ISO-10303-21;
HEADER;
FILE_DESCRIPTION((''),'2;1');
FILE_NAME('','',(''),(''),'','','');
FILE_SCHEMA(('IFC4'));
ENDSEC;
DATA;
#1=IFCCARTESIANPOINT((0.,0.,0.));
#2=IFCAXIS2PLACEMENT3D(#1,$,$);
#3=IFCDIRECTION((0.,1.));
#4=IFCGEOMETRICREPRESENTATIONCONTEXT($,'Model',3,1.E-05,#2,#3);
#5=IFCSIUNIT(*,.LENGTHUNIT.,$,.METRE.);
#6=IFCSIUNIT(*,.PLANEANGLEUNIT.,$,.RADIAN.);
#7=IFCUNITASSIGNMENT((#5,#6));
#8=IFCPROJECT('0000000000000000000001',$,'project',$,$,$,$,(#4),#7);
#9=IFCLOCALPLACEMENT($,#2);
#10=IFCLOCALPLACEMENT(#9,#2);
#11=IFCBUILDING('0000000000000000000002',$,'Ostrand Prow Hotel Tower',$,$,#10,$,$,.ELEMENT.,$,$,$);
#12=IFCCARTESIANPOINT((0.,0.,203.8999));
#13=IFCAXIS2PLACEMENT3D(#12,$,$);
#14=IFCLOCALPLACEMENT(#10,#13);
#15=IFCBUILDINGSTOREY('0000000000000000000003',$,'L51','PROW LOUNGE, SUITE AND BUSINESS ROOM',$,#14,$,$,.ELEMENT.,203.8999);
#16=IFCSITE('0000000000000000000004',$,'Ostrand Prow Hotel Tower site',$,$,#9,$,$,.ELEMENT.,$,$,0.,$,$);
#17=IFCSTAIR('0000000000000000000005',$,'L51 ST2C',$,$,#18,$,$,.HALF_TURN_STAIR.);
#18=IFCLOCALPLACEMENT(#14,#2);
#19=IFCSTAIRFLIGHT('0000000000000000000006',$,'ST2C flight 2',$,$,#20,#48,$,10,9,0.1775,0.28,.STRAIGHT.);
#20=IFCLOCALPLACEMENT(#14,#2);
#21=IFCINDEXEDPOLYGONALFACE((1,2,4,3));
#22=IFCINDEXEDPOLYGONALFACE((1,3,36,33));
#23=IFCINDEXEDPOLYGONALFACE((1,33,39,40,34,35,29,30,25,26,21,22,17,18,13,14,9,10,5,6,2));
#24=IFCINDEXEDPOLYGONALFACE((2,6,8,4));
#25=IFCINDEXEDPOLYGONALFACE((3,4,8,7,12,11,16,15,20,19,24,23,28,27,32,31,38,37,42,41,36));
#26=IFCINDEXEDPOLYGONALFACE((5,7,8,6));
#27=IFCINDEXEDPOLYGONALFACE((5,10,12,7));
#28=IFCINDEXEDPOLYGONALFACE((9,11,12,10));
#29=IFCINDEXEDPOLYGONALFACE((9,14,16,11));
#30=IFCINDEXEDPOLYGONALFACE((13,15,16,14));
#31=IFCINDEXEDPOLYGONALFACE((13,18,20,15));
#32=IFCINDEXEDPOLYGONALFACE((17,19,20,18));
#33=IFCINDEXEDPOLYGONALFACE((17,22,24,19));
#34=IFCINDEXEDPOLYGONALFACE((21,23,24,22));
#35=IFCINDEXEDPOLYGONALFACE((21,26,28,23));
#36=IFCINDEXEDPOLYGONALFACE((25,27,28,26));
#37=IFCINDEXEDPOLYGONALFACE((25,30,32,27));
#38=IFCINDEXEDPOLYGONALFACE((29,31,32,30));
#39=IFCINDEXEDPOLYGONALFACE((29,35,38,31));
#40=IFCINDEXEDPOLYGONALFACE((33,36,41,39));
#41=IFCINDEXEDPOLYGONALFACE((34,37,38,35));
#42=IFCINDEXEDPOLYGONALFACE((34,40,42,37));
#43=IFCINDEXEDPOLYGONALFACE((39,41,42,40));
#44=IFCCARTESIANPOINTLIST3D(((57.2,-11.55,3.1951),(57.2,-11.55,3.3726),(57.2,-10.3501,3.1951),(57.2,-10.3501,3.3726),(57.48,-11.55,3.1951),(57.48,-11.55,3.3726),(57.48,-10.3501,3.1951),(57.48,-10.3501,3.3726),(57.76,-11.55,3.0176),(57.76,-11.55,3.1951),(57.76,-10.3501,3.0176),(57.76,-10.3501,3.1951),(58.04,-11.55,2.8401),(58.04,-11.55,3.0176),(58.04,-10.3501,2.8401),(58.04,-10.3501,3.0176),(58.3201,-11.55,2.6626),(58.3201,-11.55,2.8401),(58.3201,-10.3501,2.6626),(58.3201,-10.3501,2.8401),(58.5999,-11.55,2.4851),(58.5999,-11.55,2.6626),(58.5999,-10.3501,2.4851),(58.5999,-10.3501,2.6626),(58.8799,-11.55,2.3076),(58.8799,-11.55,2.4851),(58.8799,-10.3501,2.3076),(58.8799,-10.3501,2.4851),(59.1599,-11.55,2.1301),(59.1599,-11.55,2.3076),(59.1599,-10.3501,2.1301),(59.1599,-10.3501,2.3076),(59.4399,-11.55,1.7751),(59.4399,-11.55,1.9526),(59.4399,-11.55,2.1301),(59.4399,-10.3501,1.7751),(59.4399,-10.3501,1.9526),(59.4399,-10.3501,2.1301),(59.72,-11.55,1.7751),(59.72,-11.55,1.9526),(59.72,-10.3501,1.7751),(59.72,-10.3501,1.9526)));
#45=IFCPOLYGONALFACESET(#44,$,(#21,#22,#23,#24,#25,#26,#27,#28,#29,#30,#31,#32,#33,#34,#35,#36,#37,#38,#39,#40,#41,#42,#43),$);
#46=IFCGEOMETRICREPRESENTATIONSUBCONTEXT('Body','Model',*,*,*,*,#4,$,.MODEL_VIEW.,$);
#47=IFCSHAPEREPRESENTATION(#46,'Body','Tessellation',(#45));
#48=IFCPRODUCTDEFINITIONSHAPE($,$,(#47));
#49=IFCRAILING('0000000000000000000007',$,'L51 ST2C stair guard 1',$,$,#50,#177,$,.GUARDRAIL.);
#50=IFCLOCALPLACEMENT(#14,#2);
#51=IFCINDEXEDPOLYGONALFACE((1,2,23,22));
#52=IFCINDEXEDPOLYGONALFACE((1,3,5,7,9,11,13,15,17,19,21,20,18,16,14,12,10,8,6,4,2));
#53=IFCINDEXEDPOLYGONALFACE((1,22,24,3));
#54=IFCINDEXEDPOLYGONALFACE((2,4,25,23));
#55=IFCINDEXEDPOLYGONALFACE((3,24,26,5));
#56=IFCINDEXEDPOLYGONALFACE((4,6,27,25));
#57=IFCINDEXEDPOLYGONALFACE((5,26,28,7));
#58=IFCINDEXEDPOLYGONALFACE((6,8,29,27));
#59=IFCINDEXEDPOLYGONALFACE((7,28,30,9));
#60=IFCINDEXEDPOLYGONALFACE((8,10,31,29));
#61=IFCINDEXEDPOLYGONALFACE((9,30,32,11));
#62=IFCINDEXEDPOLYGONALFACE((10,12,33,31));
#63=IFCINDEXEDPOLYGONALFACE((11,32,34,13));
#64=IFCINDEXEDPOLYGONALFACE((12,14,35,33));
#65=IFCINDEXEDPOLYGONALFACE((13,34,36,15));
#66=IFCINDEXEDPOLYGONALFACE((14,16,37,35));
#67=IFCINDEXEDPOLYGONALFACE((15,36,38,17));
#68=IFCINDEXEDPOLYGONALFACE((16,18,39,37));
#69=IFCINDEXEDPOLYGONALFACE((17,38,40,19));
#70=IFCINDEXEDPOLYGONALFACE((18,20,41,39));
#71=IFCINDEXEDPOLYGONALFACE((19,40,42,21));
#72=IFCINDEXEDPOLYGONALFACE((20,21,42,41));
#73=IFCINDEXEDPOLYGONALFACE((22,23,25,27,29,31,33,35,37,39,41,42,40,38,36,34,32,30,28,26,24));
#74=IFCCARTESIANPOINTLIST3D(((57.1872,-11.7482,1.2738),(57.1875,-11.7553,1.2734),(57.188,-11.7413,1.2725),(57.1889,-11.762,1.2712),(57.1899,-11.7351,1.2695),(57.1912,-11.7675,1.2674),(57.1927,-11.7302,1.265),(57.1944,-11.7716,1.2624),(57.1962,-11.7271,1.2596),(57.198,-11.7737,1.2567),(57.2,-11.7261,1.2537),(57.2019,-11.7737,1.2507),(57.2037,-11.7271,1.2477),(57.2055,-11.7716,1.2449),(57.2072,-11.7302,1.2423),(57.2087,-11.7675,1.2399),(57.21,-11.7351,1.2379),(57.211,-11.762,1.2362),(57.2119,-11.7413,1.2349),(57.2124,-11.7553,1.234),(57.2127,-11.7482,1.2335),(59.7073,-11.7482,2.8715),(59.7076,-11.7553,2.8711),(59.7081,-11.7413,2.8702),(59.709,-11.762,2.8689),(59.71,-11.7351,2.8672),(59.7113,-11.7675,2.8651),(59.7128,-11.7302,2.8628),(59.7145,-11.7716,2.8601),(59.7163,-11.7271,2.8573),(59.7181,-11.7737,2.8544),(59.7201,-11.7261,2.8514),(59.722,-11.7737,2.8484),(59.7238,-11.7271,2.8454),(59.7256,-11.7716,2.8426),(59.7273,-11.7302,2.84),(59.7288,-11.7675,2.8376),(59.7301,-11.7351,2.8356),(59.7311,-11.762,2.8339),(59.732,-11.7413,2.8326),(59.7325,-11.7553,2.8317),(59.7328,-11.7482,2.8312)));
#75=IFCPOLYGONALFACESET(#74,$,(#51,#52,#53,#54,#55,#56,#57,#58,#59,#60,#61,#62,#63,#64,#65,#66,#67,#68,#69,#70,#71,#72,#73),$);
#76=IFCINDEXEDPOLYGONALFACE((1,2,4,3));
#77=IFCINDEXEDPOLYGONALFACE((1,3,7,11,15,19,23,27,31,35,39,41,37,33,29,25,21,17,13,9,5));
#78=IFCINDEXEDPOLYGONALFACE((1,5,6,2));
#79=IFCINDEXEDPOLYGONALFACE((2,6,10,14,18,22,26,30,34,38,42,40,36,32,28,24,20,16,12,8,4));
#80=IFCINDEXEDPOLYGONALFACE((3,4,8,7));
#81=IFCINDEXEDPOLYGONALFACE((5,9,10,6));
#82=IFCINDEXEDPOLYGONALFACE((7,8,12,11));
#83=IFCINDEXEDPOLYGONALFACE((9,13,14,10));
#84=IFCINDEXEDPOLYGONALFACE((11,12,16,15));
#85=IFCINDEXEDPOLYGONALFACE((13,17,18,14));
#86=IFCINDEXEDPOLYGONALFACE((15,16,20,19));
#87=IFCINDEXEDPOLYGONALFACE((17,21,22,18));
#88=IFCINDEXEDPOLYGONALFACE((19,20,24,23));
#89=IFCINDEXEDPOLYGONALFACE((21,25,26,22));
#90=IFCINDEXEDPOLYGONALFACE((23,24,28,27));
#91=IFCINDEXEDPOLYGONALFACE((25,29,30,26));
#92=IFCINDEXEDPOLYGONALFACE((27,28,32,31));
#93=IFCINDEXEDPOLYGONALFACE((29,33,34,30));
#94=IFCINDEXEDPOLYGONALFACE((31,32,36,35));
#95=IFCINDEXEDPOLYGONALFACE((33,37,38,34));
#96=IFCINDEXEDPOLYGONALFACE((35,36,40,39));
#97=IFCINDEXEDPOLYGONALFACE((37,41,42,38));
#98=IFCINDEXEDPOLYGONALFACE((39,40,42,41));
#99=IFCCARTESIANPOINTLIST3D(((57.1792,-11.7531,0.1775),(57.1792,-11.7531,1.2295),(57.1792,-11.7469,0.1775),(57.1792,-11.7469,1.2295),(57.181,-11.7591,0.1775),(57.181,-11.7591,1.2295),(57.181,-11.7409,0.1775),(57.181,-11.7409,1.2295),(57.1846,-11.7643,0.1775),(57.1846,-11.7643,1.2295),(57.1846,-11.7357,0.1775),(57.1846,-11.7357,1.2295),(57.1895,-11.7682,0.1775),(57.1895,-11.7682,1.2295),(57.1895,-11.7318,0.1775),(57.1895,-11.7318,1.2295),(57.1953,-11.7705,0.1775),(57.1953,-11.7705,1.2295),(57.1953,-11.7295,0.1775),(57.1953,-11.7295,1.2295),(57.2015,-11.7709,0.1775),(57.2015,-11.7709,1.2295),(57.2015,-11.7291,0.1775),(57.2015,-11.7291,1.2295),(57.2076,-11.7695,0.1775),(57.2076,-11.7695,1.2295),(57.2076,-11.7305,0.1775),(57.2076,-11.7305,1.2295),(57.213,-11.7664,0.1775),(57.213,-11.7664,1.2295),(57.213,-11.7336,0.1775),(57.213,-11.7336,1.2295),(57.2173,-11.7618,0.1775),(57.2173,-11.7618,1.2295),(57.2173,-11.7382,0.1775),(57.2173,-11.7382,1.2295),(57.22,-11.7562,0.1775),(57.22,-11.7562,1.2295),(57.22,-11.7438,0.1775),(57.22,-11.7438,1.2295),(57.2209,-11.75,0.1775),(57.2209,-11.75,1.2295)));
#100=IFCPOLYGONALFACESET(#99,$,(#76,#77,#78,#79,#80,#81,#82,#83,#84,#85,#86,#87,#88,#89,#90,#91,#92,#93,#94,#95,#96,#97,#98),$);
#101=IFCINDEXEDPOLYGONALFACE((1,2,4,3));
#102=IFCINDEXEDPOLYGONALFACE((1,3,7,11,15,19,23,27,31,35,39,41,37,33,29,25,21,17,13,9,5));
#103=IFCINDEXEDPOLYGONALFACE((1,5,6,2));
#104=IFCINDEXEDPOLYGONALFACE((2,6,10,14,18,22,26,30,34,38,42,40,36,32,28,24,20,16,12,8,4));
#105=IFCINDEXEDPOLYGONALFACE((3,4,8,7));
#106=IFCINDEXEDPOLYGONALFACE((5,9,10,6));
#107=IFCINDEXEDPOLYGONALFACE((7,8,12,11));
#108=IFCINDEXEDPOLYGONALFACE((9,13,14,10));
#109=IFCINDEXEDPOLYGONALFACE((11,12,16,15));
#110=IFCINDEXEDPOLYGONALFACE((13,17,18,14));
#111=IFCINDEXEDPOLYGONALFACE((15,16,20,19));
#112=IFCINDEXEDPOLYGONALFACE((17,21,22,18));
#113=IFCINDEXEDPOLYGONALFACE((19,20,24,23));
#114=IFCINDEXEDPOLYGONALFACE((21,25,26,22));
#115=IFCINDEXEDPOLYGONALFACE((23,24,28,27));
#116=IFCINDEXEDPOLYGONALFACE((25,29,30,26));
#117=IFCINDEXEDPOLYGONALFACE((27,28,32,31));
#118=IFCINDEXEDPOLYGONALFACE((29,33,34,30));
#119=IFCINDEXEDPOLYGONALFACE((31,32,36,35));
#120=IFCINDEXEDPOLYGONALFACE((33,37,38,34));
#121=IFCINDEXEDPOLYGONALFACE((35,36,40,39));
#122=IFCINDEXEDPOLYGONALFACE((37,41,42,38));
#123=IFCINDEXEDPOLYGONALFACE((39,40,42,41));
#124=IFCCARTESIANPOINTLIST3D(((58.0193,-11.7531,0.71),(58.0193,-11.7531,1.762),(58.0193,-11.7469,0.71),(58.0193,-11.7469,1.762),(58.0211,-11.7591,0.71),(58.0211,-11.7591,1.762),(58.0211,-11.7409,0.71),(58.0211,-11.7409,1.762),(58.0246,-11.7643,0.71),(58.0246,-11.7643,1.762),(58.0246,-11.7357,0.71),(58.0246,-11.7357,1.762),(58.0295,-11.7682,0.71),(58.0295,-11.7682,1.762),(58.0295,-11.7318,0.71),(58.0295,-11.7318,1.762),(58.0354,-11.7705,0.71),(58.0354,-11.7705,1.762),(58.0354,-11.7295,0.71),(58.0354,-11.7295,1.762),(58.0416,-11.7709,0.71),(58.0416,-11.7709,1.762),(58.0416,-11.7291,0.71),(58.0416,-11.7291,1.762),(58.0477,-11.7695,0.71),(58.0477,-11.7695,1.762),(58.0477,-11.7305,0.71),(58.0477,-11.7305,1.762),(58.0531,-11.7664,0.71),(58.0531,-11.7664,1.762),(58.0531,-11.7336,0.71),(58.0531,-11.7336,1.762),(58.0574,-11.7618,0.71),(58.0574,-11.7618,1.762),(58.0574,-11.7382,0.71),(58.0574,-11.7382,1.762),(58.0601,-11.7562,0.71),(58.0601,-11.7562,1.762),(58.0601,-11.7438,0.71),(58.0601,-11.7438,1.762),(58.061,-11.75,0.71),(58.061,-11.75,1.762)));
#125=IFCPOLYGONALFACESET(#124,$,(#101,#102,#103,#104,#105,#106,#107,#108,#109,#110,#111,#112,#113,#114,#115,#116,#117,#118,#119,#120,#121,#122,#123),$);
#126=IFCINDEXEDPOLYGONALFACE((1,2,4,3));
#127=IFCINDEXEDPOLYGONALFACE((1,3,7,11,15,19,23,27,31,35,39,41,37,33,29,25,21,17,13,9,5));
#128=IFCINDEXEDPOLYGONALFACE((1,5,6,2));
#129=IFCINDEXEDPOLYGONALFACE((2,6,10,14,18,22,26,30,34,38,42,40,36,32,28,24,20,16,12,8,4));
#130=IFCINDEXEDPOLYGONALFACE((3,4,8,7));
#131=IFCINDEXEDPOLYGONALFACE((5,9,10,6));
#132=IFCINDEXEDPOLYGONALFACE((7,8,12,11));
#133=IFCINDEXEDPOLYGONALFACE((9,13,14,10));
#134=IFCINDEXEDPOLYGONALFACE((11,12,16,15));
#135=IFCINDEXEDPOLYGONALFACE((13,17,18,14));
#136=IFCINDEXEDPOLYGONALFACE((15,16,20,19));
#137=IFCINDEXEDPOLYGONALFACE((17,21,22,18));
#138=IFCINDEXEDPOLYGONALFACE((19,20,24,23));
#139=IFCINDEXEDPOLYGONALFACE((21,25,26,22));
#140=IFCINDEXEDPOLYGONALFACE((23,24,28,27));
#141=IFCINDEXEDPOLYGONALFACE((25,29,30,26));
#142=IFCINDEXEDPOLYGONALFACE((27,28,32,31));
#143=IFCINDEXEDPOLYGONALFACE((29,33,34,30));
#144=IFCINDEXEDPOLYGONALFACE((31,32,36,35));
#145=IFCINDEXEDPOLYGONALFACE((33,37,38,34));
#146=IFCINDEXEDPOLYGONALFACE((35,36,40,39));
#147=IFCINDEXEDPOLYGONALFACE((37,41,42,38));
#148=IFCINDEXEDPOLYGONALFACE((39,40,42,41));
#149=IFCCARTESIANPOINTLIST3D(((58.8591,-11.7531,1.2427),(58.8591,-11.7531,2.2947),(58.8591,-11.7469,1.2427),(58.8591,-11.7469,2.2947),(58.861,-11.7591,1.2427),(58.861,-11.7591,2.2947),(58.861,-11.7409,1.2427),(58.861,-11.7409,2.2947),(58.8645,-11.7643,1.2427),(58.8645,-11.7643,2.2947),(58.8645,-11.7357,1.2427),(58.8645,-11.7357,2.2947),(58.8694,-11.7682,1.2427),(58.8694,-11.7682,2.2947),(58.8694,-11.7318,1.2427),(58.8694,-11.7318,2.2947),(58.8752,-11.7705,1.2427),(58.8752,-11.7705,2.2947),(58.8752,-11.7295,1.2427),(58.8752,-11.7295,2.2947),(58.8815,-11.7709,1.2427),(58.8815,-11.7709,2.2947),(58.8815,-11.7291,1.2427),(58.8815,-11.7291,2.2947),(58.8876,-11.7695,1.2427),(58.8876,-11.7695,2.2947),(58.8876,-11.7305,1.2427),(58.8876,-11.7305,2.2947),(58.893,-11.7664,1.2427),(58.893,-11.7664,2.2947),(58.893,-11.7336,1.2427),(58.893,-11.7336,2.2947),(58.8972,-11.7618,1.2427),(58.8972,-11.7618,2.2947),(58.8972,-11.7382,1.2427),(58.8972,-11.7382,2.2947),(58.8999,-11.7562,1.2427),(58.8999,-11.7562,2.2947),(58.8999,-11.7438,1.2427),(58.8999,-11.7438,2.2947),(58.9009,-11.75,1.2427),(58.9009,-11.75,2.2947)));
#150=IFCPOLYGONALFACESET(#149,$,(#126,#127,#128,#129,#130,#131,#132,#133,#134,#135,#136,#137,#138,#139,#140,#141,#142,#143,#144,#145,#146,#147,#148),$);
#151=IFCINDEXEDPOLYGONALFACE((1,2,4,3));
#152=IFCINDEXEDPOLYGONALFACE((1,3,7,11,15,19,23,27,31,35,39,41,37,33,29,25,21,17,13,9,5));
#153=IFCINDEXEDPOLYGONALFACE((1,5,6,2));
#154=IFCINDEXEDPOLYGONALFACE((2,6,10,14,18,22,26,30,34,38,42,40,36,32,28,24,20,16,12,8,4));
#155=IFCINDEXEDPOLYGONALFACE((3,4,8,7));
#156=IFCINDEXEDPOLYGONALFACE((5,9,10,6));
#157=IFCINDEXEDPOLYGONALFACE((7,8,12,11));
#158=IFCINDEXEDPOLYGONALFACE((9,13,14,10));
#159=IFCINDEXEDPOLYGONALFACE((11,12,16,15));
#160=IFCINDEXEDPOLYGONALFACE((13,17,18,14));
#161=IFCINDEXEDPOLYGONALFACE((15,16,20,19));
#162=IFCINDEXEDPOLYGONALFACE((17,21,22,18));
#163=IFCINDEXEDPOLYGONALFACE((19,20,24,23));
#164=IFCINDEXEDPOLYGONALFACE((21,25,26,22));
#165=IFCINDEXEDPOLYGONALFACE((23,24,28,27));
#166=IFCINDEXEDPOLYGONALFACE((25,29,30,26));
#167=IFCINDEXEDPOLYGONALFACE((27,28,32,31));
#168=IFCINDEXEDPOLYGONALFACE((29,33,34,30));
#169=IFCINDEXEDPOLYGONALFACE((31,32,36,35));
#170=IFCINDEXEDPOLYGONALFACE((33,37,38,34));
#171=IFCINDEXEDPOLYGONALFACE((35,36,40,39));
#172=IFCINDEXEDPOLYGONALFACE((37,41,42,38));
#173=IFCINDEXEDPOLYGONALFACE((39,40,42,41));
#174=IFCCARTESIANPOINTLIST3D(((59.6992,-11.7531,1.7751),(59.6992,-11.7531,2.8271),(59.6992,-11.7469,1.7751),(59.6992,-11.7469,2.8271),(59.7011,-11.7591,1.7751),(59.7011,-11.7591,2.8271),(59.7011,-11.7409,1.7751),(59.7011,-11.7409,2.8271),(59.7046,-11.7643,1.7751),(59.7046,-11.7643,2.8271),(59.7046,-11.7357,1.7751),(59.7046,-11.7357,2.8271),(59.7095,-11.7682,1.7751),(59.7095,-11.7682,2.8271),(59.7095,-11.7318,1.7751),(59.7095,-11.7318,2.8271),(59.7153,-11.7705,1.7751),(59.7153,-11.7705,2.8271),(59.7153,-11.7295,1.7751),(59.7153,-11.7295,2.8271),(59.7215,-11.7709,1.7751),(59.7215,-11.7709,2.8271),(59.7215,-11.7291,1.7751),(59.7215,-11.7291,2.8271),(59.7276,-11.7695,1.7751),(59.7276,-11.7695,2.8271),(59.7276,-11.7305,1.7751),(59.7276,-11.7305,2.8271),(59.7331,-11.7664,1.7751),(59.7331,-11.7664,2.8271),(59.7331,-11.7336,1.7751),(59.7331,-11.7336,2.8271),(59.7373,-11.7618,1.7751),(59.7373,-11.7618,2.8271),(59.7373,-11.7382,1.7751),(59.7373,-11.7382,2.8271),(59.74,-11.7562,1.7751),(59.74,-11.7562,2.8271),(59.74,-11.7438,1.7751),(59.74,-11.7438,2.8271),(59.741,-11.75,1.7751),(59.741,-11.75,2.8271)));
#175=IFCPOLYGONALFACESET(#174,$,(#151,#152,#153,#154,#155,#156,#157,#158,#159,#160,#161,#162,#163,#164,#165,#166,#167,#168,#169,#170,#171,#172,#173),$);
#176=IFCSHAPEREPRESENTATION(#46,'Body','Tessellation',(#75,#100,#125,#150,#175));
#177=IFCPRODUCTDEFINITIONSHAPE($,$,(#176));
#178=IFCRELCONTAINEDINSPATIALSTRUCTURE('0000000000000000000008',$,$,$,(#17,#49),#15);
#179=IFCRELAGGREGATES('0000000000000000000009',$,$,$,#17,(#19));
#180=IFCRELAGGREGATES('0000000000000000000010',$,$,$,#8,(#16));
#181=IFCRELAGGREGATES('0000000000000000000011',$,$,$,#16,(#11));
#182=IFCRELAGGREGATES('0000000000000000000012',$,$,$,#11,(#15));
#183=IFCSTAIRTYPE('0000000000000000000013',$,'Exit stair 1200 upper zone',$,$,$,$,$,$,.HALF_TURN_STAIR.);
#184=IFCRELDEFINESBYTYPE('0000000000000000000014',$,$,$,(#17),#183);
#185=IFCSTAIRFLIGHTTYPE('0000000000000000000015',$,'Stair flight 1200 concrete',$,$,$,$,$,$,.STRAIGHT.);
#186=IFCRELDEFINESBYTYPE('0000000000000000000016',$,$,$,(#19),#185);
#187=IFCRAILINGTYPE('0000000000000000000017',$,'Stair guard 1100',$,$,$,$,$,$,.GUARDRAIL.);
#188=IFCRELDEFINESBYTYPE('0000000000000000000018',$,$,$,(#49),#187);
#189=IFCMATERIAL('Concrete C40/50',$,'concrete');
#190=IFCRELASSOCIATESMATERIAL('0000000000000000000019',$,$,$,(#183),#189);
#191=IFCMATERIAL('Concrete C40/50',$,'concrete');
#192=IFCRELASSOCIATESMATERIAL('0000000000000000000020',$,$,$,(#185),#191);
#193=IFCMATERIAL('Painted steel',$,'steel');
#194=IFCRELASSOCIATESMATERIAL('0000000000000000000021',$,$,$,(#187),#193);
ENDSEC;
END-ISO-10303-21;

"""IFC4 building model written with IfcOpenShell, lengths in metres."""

from ifc_helpers import new_model, si_unit, direction, frame, origin, origin_2d, place, context, subcontext, project, spatial, polyline, circle, outline, extrude, material, type_object, element, aggregate, save


model = new_model("IFC4")

# Units and contexts
model_context = context("Model", 3, precision=1e-05, world=origin(), true_north=direction((0.0, 1.0)))
body_context = subcontext(model_context, "Body", "Model", "MODEL_VIEW")
ifc_project = project(units=[si_unit("LENGTHUNIT", "METRE"), si_unit("PLANEANGLEUNIT", "RADIAN")], contexts=[model_context])

# Site, building, storey
site_placement = place(None, origin())
site = spatial("IfcSite", under=ifc_project, at=site_placement, Name="Ostrand Prow Hotel Tower site", CompositionType="ELEMENT", RefElevation=0.0)
building_placement = place(site_placement, origin())
building = spatial("IfcBuilding", under=site, at=building_placement, Name="Ostrand Prow Hotel Tower", CompositionType="ELEMENT")
storey_placement = place(building_placement, frame((0.0, 0.0, 203.8999)))
storey = spatial("IfcBuildingStorey", under=building, at=storey_placement, Name="L51", Description="PROW LOUNGE, SUITE AND BUSINESS ROOM", CompositionType="ELEMENT", Elevation=203.8999)

# Stair, stair flight
ifc_material_1 = material(Name="Concrete C40/50", Category="concrete")
stair_type = type_object("IfcStairType", Name="Exit stair 1200 upper zone", PredefinedType="HALF_TURN_STAIR", material=ifc_material_1)
stair_placement = place(storey_placement, origin())
stair = element("IfcStair", 1, at=stair_placement, inside=storey, type_object=stair_type, Name="L51 ST2C", PredefinedType="HALF_TURN_STAIR")
ifc_material_2 = material(Name="Concrete C40/50", Category="concrete")
stair_flight_type = type_object("IfcStairFlightType", Name="Stair flight 1200 concrete", PredefinedType="STRAIGHT", material=ifc_material_2)
stair_flight_1_placement = place(storey_placement, frame((59.72, -10.95, 1.7751), z_axis=(0.0, 0.0, 1.0), x_axis=(-1.0, 0.0, 0.0)))
stair_flight_1 = element("IfcStairFlight", 2, at=stair_flight_1_placement, type_object=stair_flight_type, Name="ST2C flight 2", NumberOfRisers=10, NumberOfTreads=9, PredefinedType="STRAIGHT", RiserHeight=0.1775, TreadLength=0.28, context=body_context, shape_type="SweptSolid", body=[
    extrude(outline(polyline([(0.0, 0.0), (0.0, 0.1775), (0.28, 0.1775), (0.28, 0.355), (0.5601, 0.355), (0.5601, 0.5325), (0.8401, 0.5325), (0.8401, 0.71), (1.1201, 0.71), (1.1201, 0.8875), (1.3999, 0.8875), (1.3999, 1.0649), (1.6799, 1.0649), (1.6799, 1.2424), (1.96, 1.2424), (1.96, 1.4199), (2.24, 1.4199), (2.24, 1.5974), (2.52, 1.5974), (2.52, 1.7749), (2.52, 1.4199), (0.28, 0.0), (0.0, 0.0)])), frame((0.0, 0.6001, 0.0), z_axis=(0.0, -1.0, 0.0), x_axis=(1.0, 0.0, 0.0)), (0.0, 0.0, 1.0), 1.2),
])
aggregate(stair, [stair_flight_1])

# Railing
ifc_material_3 = material(Name="Painted steel", Category="steel")
railing_type_1 = type_object("IfcRailingType", Name="Stair guard 1100", PredefinedType="GUARDRAIL", material=ifc_material_3)
railing_1_placement = place(storey_placement, frame((57.2, -11.75, 0.1775)))
element("IfcRailing", 3, at=railing_1_placement, inside=storey, type_object=railing_type_1, Name="L51 ST2C stair guard 1", PredefinedType="GUARDRAIL", context=body_context, shape_type="SweptSolid", body=[
    extrude(circle(Radius=0.0239, at=origin_2d()), frame((0.0, 0.0, 1.0762), z_axis=(0.84457, 0.0, 0.535445), x_axis=(0.0, 1.0, 0.0)), (0.0, 0.0, 1.0), 2.9839),
    extrude(circle(Radius=0.021, at=origin_2d()), origin(), (0.0, 0.0, 1.0), 1.052),
    extrude(circle(Radius=0.021, at=origin_2d()), frame((0.8401, 0.0, 0.5325)), (0.0, 0.0, 1.0), 1.052),
    extrude(circle(Radius=0.021, at=origin_2d()), frame((1.6799, 0.0, 1.0652)), (0.0, 0.0, 1.0), 1.052),
    extrude(circle(Radius=0.021, at=origin_2d()), frame((2.52, 0.0, 1.5977)), (0.0, 0.0, 1.0), 1.052),
])

save(model, "model.ifc")
